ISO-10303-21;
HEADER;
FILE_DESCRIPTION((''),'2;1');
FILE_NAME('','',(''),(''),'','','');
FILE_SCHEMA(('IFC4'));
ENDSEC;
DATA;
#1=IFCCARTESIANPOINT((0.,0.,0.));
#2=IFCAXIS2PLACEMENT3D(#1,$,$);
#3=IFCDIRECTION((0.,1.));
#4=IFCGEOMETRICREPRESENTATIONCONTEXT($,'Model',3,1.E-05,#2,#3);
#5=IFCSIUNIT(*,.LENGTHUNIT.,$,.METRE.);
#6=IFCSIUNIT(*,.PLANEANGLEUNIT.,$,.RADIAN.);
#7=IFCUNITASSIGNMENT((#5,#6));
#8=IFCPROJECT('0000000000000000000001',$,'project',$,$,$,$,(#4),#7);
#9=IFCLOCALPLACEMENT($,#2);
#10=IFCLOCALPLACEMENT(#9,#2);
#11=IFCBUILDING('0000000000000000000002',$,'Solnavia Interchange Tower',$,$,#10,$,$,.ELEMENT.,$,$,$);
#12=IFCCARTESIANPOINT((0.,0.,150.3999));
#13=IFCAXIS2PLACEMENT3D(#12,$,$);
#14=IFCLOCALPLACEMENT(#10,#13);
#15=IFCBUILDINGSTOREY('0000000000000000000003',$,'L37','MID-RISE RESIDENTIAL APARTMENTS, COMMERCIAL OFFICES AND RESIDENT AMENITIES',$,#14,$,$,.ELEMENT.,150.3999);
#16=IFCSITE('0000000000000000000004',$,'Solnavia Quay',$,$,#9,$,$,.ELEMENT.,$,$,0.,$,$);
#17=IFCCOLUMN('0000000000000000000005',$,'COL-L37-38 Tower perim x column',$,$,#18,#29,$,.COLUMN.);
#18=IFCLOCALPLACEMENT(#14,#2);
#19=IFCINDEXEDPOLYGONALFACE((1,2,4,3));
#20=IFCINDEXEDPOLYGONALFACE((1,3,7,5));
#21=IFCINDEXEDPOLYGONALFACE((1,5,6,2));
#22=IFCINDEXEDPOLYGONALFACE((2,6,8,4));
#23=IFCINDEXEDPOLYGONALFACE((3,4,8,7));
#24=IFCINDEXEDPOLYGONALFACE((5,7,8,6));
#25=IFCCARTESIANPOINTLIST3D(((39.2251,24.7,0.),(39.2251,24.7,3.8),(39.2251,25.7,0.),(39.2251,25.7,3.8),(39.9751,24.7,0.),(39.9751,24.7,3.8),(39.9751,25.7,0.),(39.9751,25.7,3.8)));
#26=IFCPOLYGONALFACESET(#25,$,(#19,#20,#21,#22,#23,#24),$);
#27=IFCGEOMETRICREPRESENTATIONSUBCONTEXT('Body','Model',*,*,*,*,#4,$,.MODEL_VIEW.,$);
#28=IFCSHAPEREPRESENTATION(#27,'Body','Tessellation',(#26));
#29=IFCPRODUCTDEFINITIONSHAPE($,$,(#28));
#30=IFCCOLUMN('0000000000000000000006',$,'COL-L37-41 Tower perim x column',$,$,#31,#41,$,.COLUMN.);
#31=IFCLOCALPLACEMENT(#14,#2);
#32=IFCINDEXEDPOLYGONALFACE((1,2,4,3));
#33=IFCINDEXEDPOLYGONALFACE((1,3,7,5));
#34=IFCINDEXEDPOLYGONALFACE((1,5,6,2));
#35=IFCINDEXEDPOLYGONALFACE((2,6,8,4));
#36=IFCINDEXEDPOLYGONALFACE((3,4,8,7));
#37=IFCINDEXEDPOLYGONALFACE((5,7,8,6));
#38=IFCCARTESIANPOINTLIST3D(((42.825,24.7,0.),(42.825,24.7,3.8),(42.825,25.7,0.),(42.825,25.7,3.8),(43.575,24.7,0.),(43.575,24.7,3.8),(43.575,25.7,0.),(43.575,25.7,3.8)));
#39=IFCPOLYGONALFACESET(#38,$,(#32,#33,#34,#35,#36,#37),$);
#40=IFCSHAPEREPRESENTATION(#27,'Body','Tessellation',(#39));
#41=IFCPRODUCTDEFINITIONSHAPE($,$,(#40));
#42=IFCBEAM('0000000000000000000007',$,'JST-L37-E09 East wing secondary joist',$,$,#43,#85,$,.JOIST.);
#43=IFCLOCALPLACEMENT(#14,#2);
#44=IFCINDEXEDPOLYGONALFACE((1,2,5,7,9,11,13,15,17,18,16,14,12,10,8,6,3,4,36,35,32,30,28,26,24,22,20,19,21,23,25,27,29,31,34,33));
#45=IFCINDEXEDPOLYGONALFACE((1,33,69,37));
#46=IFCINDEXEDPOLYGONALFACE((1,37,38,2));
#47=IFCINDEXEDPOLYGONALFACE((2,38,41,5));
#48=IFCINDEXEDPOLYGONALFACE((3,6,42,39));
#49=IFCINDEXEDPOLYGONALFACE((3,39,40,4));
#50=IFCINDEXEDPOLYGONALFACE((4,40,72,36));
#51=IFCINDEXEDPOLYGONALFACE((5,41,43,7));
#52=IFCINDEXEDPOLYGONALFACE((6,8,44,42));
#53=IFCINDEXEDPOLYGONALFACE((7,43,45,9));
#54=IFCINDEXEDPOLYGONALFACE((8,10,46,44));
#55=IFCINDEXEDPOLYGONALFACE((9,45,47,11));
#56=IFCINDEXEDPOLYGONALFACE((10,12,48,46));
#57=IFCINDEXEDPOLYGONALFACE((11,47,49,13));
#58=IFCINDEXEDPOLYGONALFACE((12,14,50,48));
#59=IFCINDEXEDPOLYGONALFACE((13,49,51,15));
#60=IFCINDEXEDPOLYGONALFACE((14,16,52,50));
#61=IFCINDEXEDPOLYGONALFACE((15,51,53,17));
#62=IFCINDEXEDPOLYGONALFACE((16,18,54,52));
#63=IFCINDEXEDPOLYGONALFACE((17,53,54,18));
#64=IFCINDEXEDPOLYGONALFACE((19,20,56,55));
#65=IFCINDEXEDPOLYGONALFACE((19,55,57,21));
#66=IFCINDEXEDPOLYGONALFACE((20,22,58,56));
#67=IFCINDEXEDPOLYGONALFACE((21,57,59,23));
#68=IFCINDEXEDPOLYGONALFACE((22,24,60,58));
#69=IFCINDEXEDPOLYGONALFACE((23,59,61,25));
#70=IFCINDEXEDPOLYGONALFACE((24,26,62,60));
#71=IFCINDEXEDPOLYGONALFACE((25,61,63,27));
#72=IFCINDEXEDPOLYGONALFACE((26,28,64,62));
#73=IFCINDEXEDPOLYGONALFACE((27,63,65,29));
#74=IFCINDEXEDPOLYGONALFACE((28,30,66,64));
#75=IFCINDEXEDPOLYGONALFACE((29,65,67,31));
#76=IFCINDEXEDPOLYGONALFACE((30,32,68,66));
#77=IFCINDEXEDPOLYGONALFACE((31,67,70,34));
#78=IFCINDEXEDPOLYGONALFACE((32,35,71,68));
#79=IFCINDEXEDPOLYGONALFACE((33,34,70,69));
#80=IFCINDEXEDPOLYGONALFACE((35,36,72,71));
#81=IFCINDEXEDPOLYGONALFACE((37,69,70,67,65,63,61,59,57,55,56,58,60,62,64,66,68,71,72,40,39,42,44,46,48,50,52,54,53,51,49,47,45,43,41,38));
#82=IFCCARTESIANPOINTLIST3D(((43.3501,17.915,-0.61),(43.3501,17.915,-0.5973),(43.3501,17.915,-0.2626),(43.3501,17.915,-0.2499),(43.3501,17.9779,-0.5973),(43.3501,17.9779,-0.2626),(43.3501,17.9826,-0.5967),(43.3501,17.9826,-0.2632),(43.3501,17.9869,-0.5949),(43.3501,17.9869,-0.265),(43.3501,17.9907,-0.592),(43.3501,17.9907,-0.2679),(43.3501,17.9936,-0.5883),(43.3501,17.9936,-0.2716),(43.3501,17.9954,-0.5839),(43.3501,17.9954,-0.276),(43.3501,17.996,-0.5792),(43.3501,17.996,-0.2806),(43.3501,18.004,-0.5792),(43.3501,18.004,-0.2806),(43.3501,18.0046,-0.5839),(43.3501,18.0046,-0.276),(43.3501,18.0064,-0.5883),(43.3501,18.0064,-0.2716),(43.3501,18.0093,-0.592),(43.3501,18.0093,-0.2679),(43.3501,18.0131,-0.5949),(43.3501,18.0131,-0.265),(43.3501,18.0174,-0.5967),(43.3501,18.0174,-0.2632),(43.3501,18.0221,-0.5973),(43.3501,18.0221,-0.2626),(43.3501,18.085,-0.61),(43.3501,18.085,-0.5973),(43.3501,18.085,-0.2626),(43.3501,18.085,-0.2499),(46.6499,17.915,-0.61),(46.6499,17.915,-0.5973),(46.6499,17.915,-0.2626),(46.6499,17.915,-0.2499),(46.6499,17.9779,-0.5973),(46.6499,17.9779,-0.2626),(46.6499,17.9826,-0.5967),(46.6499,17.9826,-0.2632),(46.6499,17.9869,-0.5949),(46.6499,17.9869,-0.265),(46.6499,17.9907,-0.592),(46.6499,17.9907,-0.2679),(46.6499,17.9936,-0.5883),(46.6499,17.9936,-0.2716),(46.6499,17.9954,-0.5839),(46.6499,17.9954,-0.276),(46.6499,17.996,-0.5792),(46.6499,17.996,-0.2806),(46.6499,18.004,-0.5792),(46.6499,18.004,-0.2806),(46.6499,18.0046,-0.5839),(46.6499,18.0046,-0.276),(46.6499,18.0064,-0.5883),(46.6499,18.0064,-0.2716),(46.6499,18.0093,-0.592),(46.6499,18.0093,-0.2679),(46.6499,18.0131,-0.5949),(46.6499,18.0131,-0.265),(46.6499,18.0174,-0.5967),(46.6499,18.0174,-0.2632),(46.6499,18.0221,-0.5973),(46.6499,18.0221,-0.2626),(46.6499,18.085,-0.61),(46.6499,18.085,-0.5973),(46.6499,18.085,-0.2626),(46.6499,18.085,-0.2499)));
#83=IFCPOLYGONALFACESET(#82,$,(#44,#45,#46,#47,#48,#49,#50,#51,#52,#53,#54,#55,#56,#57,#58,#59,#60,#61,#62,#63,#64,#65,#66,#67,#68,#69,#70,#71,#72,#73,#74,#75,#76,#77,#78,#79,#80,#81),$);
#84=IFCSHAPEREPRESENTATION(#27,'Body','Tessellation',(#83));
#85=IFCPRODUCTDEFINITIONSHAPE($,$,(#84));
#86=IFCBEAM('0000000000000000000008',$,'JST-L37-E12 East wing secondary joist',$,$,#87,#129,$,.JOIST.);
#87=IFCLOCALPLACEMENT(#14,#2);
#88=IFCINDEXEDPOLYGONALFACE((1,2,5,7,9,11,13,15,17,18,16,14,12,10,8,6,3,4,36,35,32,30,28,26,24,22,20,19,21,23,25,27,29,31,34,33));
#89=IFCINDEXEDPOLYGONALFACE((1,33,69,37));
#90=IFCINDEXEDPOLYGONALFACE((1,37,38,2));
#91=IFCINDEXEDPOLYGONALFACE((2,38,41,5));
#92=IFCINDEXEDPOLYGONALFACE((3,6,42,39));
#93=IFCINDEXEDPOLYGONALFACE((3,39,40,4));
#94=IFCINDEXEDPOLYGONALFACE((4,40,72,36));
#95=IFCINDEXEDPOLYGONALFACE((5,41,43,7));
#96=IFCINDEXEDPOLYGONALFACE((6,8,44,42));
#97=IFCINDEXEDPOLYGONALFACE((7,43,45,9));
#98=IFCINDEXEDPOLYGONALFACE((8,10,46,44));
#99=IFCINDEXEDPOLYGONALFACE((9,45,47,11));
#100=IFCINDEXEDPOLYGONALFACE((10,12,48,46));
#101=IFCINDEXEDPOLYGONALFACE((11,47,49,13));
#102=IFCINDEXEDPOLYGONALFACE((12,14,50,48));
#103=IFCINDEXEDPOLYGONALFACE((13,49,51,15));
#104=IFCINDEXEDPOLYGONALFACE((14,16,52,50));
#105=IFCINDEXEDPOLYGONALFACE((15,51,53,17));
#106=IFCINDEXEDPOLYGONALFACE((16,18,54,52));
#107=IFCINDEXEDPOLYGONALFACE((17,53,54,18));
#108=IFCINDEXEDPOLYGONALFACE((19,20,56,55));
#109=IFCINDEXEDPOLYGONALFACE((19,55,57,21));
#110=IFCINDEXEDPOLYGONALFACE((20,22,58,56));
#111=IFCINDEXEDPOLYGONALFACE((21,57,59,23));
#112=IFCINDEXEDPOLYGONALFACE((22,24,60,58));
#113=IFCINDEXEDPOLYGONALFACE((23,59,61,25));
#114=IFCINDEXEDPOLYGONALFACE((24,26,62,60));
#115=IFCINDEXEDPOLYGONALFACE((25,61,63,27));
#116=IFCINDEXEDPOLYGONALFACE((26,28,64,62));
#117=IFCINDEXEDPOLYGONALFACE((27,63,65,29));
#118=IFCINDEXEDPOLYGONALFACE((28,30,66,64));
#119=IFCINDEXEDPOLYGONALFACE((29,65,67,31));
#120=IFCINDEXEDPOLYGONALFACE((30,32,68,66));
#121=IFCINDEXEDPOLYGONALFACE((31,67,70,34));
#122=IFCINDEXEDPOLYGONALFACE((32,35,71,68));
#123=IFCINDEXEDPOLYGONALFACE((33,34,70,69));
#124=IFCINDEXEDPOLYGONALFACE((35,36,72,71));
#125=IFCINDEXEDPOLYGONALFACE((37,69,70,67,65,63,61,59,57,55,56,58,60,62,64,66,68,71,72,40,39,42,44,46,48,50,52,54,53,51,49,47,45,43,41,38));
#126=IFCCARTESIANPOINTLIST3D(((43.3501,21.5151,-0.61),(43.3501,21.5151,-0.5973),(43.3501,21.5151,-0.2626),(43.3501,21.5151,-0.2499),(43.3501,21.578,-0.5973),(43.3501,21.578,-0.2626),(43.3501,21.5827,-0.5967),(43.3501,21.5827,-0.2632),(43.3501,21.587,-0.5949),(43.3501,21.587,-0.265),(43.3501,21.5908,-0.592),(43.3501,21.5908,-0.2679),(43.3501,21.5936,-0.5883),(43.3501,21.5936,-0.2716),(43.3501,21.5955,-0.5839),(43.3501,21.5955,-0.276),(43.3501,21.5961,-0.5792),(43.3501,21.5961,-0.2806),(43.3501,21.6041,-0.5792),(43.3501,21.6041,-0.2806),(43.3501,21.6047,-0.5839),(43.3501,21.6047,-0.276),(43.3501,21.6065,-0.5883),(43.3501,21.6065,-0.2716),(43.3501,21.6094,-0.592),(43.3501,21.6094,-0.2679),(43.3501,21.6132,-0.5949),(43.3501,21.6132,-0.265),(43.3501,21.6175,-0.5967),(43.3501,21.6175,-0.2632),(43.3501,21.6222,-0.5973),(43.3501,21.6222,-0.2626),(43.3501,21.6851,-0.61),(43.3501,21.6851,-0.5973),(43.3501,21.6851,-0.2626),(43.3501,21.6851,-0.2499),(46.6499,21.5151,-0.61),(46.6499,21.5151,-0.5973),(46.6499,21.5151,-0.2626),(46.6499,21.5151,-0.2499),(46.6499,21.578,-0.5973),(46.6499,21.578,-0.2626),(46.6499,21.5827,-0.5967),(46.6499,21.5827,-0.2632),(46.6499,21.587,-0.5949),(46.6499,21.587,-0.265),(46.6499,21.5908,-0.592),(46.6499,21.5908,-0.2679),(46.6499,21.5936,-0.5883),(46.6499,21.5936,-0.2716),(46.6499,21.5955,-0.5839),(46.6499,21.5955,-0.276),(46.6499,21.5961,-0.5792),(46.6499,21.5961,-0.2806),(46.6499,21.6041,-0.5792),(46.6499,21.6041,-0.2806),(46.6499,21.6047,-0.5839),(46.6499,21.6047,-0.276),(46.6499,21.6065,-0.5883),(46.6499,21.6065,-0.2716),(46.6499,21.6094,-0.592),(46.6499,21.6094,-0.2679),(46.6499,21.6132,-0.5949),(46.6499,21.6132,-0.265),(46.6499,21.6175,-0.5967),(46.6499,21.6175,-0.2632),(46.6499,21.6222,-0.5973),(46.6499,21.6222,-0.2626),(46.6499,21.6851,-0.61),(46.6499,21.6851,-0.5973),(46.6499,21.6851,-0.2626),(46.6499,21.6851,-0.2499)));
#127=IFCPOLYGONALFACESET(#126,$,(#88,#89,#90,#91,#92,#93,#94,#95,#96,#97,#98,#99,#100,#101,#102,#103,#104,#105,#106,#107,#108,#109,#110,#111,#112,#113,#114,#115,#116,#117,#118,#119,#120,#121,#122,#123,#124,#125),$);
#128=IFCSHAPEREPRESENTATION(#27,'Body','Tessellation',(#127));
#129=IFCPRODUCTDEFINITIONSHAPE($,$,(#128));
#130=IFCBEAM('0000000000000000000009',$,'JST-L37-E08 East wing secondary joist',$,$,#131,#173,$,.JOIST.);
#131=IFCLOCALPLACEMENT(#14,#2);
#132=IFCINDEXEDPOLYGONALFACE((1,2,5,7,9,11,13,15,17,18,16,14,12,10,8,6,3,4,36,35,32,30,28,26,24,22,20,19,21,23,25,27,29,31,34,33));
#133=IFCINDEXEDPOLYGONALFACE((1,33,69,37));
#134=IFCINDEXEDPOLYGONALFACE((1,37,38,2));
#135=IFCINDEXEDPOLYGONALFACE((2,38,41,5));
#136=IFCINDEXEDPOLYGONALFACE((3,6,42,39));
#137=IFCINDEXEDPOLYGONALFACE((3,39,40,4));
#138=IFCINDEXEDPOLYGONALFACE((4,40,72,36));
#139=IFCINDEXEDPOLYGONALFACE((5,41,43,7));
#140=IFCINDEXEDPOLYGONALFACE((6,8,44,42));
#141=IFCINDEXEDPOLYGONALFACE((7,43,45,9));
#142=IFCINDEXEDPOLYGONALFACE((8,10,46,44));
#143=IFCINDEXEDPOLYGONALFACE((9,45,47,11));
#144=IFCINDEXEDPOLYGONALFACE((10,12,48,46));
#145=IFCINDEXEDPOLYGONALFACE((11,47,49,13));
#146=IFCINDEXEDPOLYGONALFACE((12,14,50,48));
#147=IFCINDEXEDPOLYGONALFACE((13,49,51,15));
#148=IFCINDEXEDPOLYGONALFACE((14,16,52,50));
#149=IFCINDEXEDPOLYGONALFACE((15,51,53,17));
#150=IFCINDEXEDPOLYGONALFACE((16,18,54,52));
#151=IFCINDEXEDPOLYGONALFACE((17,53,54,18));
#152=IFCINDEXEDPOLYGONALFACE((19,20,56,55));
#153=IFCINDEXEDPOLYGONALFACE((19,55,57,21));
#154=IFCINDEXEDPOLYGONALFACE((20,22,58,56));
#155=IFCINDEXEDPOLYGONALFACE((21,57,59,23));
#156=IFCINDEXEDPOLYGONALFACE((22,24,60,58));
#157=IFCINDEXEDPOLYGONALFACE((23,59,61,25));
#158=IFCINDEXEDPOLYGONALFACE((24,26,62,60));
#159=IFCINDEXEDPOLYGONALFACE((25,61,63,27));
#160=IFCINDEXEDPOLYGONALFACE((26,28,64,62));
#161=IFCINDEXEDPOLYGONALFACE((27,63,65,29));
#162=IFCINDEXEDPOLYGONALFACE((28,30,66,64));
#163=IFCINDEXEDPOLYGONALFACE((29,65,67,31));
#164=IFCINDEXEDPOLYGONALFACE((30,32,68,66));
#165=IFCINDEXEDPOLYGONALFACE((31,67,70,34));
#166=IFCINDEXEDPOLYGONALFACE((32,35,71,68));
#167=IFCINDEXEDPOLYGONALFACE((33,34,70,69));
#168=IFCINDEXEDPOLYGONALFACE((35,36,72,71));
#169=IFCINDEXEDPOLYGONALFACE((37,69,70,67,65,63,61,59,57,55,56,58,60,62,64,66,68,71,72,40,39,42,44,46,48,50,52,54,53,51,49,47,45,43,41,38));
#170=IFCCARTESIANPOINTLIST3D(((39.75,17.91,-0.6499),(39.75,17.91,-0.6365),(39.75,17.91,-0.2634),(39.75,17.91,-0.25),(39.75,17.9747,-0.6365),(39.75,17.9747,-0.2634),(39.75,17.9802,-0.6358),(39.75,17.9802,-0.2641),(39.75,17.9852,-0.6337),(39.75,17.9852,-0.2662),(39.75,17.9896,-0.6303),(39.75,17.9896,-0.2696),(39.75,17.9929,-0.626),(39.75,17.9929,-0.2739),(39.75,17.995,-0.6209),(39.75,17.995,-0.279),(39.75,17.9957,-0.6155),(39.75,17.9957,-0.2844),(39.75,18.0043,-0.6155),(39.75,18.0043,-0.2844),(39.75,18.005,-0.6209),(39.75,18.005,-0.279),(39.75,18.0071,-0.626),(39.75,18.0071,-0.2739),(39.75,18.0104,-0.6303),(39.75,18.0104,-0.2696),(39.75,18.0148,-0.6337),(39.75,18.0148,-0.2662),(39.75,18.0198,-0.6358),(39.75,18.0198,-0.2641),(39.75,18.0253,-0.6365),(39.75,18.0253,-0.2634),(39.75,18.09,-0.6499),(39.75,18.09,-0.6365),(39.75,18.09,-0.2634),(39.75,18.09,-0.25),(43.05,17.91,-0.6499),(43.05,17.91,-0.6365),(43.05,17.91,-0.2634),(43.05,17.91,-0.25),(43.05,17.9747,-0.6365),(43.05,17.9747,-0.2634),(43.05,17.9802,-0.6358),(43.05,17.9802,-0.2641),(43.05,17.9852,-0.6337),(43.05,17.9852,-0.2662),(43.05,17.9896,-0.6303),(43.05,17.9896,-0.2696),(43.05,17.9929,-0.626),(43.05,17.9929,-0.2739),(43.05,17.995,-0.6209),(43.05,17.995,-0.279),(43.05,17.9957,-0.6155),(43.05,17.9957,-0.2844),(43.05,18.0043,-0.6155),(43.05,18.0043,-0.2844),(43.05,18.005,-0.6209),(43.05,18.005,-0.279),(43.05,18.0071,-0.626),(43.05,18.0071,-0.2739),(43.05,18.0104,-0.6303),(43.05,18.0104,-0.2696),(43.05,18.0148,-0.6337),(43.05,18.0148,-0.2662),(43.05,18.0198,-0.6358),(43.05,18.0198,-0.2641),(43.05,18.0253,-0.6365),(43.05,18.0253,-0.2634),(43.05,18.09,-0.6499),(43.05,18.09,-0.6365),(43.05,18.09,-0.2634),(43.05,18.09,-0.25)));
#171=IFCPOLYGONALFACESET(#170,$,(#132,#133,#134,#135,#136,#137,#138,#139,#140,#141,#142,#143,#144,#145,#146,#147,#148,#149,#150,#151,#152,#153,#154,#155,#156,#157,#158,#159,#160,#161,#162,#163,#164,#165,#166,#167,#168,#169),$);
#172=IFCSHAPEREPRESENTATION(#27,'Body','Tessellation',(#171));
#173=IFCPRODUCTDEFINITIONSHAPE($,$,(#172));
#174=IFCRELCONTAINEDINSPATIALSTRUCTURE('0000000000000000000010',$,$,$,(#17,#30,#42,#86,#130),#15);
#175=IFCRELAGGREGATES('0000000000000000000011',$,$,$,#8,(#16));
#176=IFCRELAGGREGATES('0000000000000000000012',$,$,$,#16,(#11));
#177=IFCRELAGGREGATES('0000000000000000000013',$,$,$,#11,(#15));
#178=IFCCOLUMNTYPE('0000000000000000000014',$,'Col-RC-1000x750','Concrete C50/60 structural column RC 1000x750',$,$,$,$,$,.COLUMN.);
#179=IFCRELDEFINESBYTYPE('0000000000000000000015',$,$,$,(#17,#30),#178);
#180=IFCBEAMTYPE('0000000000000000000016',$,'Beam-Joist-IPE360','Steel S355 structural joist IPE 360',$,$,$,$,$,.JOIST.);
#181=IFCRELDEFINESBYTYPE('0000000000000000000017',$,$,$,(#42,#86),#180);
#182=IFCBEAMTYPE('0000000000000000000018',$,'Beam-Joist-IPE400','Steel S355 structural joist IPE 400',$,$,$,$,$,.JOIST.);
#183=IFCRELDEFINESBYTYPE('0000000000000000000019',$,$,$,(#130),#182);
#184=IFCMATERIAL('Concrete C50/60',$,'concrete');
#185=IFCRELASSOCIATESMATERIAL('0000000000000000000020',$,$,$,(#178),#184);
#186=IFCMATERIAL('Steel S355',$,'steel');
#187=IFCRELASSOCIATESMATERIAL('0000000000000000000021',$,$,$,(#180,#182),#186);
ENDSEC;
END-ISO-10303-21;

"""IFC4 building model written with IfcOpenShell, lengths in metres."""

from ifc_helpers import new_model, si_unit, direction, frame, origin, origin_2d, place, context, subcontext, project, spatial, rectangle, i_section, extrude, material, material_profile, profile_set, type_object, element, save


model = new_model("IFC4")

# Units and contexts
model_context = context("Model", 3, precision=1e-05, world=origin(), true_north=direction((0.0, 1.0)))
body_context = subcontext(model_context, "Body", "Model", "MODEL_VIEW")
ifc_project = project(units=[si_unit("LENGTHUNIT", "METRE"), si_unit("PLANEANGLEUNIT", "RADIAN")], contexts=[model_context])

# Site, building, storey
site_placement = place(None, origin())
site = spatial("IfcSite", under=ifc_project, at=site_placement, Name="Solnavia Quay", CompositionType="ELEMENT", RefElevation=0.0)
building_placement = place(site_placement, origin())
building = spatial("IfcBuilding", under=site, at=building_placement, Name="Solnavia Interchange Tower", CompositionType="ELEMENT")
storey_placement = place(building_placement, frame((0.0, 0.0, 150.3999)))
storey = spatial("IfcBuildingStorey", under=building, at=storey_placement, Name="L37", Description="MID-RISE RESIDENTIAL APARTMENTS, COMMERCIAL OFFICES AND RESIDENT AMENITIES", CompositionType="ELEMENT", Elevation=150.3999)

# Columns
ifc_material_1 = material(Name="Concrete C50/60", Category="concrete")
ifc_material_profile_1 = material_profile(ifc_material_1, rectangle(XDim=0.75, YDim=1.0, at=origin_2d()), Name="RC 1000x750")
ifc_profile_set_1 = profile_set([ifc_material_profile_1], Name="Concrete C50/60")
column_type = type_object("IfcColumnType", Name="Col-RC-1000x750", Description="Concrete C50/60 structural column RC 1000x750", PredefinedType="COLUMN", material=ifc_profile_set_1)
for number, where, z_axis, x_axis, name in (
    (1, (39.6001, 25.2, 0.0), (0.0, 0.0, 1.0), (1.0, 0.0, 0.0), "COL-L37-38 Tower perim x column"),
    (2, (43.2, 25.2, 0.0), (0.0, 0.0, 1.0), (1.0, 0.0, 0.0), "COL-L37-41 Tower perim x column"),
):
    element("IfcColumn", number, at=place(storey_placement, frame(where, z_axis=z_axis, x_axis=x_axis)), inside=storey, type_object=column_type, Name=name, PredefinedType="COLUMN", context=body_context, shape_type="SweptSolid", body=[
        extrude(rectangle(XDim=0.75, YDim=1.0, at=origin_2d()), origin(), (0.0, 0.0, 1.0), 3.8),
    ])

# Beams
ifc_material_2 = material(Name="Steel S355", Category="steel")
ifc_material_profile_2 = material_profile(ifc_material_2, i_section(OverallWidth=0.1699, OverallDepth=0.3601, WebThickness=0.0081, FlangeThickness=0.0127, FilletRadius=0.0181, at=origin_2d()), Name="IPE 360")
ifc_profile_set_2 = profile_set([ifc_material_profile_2], Name="Steel S355")
beam_type_1 = type_object("IfcBeamType", Name="Beam-Joist-IPE360", Description="Steel S355 structural joist IPE 360", PredefinedType="JOIST", material=ifc_profile_set_2)
for number, where, z_axis, x_axis, name in (
    (3, (43.3501, 18.0, -0.4299), (1.0, 0.0, 0.0), (0.0, 1.0, 0.0), "JST-L37-E09 East wing secondary joist"),
    (4, (43.3501, 21.6001, -0.4299), (1.0, 0.0, 0.0), (0.0, 1.0, 0.0), "JST-L37-E12 East wing secondary joist"),
):
    element("IfcBeam", number, at=place(storey_placement, frame(where, z_axis=z_axis, x_axis=x_axis)), inside=storey, type_object=beam_type_1, Name=name, PredefinedType="JOIST", context=body_context, shape_type="SweptSolid", body=[
        extrude(i_section(OverallWidth=0.1699, OverallDepth=0.3601, WebThickness=0.0081, FlangeThickness=0.0127, FilletRadius=0.0181, at=origin_2d()), origin(), (0.0, 0.0, 1.0), 3.2998),
    ])
ifc_material_profile_3 = material_profile(ifc_material_2, i_section(OverallWidth=0.1799, OverallDepth=0.3999, WebThickness=0.0085, FlangeThickness=0.0134, FilletRadius=0.021, at=origin_2d()), Name="IPE 400")
ifc_profile_set_3 = profile_set([ifc_material_profile_3], Name="Steel S355")
beam_type_2 = type_object("IfcBeamType", Name="Beam-Joist-IPE400", Description="Steel S355 structural joist IPE 400", PredefinedType="JOIST", material=ifc_profile_set_3)
for number, where, z_axis, x_axis, name in (
    (5, (39.75, 18.0, -0.45), (1.0, 0.0, 0.0), (0.0, 1.0, 0.0), "JST-L37-E08 East wing secondary joist"),
):
    element("IfcBeam", number, at=place(storey_placement, frame(where, z_axis=z_axis, x_axis=x_axis)), inside=storey, type_object=beam_type_2, Name=name, PredefinedType="JOIST", context=body_context, shape_type="SweptSolid", body=[
        extrude(i_section(OverallWidth=0.1799, OverallDepth=0.3999, WebThickness=0.0085, FlangeThickness=0.0134, FilletRadius=0.021, at=origin_2d()), origin(), (0.0, 0.0, 1.0), 3.3),
    ])

save(model, "model.ifc")
